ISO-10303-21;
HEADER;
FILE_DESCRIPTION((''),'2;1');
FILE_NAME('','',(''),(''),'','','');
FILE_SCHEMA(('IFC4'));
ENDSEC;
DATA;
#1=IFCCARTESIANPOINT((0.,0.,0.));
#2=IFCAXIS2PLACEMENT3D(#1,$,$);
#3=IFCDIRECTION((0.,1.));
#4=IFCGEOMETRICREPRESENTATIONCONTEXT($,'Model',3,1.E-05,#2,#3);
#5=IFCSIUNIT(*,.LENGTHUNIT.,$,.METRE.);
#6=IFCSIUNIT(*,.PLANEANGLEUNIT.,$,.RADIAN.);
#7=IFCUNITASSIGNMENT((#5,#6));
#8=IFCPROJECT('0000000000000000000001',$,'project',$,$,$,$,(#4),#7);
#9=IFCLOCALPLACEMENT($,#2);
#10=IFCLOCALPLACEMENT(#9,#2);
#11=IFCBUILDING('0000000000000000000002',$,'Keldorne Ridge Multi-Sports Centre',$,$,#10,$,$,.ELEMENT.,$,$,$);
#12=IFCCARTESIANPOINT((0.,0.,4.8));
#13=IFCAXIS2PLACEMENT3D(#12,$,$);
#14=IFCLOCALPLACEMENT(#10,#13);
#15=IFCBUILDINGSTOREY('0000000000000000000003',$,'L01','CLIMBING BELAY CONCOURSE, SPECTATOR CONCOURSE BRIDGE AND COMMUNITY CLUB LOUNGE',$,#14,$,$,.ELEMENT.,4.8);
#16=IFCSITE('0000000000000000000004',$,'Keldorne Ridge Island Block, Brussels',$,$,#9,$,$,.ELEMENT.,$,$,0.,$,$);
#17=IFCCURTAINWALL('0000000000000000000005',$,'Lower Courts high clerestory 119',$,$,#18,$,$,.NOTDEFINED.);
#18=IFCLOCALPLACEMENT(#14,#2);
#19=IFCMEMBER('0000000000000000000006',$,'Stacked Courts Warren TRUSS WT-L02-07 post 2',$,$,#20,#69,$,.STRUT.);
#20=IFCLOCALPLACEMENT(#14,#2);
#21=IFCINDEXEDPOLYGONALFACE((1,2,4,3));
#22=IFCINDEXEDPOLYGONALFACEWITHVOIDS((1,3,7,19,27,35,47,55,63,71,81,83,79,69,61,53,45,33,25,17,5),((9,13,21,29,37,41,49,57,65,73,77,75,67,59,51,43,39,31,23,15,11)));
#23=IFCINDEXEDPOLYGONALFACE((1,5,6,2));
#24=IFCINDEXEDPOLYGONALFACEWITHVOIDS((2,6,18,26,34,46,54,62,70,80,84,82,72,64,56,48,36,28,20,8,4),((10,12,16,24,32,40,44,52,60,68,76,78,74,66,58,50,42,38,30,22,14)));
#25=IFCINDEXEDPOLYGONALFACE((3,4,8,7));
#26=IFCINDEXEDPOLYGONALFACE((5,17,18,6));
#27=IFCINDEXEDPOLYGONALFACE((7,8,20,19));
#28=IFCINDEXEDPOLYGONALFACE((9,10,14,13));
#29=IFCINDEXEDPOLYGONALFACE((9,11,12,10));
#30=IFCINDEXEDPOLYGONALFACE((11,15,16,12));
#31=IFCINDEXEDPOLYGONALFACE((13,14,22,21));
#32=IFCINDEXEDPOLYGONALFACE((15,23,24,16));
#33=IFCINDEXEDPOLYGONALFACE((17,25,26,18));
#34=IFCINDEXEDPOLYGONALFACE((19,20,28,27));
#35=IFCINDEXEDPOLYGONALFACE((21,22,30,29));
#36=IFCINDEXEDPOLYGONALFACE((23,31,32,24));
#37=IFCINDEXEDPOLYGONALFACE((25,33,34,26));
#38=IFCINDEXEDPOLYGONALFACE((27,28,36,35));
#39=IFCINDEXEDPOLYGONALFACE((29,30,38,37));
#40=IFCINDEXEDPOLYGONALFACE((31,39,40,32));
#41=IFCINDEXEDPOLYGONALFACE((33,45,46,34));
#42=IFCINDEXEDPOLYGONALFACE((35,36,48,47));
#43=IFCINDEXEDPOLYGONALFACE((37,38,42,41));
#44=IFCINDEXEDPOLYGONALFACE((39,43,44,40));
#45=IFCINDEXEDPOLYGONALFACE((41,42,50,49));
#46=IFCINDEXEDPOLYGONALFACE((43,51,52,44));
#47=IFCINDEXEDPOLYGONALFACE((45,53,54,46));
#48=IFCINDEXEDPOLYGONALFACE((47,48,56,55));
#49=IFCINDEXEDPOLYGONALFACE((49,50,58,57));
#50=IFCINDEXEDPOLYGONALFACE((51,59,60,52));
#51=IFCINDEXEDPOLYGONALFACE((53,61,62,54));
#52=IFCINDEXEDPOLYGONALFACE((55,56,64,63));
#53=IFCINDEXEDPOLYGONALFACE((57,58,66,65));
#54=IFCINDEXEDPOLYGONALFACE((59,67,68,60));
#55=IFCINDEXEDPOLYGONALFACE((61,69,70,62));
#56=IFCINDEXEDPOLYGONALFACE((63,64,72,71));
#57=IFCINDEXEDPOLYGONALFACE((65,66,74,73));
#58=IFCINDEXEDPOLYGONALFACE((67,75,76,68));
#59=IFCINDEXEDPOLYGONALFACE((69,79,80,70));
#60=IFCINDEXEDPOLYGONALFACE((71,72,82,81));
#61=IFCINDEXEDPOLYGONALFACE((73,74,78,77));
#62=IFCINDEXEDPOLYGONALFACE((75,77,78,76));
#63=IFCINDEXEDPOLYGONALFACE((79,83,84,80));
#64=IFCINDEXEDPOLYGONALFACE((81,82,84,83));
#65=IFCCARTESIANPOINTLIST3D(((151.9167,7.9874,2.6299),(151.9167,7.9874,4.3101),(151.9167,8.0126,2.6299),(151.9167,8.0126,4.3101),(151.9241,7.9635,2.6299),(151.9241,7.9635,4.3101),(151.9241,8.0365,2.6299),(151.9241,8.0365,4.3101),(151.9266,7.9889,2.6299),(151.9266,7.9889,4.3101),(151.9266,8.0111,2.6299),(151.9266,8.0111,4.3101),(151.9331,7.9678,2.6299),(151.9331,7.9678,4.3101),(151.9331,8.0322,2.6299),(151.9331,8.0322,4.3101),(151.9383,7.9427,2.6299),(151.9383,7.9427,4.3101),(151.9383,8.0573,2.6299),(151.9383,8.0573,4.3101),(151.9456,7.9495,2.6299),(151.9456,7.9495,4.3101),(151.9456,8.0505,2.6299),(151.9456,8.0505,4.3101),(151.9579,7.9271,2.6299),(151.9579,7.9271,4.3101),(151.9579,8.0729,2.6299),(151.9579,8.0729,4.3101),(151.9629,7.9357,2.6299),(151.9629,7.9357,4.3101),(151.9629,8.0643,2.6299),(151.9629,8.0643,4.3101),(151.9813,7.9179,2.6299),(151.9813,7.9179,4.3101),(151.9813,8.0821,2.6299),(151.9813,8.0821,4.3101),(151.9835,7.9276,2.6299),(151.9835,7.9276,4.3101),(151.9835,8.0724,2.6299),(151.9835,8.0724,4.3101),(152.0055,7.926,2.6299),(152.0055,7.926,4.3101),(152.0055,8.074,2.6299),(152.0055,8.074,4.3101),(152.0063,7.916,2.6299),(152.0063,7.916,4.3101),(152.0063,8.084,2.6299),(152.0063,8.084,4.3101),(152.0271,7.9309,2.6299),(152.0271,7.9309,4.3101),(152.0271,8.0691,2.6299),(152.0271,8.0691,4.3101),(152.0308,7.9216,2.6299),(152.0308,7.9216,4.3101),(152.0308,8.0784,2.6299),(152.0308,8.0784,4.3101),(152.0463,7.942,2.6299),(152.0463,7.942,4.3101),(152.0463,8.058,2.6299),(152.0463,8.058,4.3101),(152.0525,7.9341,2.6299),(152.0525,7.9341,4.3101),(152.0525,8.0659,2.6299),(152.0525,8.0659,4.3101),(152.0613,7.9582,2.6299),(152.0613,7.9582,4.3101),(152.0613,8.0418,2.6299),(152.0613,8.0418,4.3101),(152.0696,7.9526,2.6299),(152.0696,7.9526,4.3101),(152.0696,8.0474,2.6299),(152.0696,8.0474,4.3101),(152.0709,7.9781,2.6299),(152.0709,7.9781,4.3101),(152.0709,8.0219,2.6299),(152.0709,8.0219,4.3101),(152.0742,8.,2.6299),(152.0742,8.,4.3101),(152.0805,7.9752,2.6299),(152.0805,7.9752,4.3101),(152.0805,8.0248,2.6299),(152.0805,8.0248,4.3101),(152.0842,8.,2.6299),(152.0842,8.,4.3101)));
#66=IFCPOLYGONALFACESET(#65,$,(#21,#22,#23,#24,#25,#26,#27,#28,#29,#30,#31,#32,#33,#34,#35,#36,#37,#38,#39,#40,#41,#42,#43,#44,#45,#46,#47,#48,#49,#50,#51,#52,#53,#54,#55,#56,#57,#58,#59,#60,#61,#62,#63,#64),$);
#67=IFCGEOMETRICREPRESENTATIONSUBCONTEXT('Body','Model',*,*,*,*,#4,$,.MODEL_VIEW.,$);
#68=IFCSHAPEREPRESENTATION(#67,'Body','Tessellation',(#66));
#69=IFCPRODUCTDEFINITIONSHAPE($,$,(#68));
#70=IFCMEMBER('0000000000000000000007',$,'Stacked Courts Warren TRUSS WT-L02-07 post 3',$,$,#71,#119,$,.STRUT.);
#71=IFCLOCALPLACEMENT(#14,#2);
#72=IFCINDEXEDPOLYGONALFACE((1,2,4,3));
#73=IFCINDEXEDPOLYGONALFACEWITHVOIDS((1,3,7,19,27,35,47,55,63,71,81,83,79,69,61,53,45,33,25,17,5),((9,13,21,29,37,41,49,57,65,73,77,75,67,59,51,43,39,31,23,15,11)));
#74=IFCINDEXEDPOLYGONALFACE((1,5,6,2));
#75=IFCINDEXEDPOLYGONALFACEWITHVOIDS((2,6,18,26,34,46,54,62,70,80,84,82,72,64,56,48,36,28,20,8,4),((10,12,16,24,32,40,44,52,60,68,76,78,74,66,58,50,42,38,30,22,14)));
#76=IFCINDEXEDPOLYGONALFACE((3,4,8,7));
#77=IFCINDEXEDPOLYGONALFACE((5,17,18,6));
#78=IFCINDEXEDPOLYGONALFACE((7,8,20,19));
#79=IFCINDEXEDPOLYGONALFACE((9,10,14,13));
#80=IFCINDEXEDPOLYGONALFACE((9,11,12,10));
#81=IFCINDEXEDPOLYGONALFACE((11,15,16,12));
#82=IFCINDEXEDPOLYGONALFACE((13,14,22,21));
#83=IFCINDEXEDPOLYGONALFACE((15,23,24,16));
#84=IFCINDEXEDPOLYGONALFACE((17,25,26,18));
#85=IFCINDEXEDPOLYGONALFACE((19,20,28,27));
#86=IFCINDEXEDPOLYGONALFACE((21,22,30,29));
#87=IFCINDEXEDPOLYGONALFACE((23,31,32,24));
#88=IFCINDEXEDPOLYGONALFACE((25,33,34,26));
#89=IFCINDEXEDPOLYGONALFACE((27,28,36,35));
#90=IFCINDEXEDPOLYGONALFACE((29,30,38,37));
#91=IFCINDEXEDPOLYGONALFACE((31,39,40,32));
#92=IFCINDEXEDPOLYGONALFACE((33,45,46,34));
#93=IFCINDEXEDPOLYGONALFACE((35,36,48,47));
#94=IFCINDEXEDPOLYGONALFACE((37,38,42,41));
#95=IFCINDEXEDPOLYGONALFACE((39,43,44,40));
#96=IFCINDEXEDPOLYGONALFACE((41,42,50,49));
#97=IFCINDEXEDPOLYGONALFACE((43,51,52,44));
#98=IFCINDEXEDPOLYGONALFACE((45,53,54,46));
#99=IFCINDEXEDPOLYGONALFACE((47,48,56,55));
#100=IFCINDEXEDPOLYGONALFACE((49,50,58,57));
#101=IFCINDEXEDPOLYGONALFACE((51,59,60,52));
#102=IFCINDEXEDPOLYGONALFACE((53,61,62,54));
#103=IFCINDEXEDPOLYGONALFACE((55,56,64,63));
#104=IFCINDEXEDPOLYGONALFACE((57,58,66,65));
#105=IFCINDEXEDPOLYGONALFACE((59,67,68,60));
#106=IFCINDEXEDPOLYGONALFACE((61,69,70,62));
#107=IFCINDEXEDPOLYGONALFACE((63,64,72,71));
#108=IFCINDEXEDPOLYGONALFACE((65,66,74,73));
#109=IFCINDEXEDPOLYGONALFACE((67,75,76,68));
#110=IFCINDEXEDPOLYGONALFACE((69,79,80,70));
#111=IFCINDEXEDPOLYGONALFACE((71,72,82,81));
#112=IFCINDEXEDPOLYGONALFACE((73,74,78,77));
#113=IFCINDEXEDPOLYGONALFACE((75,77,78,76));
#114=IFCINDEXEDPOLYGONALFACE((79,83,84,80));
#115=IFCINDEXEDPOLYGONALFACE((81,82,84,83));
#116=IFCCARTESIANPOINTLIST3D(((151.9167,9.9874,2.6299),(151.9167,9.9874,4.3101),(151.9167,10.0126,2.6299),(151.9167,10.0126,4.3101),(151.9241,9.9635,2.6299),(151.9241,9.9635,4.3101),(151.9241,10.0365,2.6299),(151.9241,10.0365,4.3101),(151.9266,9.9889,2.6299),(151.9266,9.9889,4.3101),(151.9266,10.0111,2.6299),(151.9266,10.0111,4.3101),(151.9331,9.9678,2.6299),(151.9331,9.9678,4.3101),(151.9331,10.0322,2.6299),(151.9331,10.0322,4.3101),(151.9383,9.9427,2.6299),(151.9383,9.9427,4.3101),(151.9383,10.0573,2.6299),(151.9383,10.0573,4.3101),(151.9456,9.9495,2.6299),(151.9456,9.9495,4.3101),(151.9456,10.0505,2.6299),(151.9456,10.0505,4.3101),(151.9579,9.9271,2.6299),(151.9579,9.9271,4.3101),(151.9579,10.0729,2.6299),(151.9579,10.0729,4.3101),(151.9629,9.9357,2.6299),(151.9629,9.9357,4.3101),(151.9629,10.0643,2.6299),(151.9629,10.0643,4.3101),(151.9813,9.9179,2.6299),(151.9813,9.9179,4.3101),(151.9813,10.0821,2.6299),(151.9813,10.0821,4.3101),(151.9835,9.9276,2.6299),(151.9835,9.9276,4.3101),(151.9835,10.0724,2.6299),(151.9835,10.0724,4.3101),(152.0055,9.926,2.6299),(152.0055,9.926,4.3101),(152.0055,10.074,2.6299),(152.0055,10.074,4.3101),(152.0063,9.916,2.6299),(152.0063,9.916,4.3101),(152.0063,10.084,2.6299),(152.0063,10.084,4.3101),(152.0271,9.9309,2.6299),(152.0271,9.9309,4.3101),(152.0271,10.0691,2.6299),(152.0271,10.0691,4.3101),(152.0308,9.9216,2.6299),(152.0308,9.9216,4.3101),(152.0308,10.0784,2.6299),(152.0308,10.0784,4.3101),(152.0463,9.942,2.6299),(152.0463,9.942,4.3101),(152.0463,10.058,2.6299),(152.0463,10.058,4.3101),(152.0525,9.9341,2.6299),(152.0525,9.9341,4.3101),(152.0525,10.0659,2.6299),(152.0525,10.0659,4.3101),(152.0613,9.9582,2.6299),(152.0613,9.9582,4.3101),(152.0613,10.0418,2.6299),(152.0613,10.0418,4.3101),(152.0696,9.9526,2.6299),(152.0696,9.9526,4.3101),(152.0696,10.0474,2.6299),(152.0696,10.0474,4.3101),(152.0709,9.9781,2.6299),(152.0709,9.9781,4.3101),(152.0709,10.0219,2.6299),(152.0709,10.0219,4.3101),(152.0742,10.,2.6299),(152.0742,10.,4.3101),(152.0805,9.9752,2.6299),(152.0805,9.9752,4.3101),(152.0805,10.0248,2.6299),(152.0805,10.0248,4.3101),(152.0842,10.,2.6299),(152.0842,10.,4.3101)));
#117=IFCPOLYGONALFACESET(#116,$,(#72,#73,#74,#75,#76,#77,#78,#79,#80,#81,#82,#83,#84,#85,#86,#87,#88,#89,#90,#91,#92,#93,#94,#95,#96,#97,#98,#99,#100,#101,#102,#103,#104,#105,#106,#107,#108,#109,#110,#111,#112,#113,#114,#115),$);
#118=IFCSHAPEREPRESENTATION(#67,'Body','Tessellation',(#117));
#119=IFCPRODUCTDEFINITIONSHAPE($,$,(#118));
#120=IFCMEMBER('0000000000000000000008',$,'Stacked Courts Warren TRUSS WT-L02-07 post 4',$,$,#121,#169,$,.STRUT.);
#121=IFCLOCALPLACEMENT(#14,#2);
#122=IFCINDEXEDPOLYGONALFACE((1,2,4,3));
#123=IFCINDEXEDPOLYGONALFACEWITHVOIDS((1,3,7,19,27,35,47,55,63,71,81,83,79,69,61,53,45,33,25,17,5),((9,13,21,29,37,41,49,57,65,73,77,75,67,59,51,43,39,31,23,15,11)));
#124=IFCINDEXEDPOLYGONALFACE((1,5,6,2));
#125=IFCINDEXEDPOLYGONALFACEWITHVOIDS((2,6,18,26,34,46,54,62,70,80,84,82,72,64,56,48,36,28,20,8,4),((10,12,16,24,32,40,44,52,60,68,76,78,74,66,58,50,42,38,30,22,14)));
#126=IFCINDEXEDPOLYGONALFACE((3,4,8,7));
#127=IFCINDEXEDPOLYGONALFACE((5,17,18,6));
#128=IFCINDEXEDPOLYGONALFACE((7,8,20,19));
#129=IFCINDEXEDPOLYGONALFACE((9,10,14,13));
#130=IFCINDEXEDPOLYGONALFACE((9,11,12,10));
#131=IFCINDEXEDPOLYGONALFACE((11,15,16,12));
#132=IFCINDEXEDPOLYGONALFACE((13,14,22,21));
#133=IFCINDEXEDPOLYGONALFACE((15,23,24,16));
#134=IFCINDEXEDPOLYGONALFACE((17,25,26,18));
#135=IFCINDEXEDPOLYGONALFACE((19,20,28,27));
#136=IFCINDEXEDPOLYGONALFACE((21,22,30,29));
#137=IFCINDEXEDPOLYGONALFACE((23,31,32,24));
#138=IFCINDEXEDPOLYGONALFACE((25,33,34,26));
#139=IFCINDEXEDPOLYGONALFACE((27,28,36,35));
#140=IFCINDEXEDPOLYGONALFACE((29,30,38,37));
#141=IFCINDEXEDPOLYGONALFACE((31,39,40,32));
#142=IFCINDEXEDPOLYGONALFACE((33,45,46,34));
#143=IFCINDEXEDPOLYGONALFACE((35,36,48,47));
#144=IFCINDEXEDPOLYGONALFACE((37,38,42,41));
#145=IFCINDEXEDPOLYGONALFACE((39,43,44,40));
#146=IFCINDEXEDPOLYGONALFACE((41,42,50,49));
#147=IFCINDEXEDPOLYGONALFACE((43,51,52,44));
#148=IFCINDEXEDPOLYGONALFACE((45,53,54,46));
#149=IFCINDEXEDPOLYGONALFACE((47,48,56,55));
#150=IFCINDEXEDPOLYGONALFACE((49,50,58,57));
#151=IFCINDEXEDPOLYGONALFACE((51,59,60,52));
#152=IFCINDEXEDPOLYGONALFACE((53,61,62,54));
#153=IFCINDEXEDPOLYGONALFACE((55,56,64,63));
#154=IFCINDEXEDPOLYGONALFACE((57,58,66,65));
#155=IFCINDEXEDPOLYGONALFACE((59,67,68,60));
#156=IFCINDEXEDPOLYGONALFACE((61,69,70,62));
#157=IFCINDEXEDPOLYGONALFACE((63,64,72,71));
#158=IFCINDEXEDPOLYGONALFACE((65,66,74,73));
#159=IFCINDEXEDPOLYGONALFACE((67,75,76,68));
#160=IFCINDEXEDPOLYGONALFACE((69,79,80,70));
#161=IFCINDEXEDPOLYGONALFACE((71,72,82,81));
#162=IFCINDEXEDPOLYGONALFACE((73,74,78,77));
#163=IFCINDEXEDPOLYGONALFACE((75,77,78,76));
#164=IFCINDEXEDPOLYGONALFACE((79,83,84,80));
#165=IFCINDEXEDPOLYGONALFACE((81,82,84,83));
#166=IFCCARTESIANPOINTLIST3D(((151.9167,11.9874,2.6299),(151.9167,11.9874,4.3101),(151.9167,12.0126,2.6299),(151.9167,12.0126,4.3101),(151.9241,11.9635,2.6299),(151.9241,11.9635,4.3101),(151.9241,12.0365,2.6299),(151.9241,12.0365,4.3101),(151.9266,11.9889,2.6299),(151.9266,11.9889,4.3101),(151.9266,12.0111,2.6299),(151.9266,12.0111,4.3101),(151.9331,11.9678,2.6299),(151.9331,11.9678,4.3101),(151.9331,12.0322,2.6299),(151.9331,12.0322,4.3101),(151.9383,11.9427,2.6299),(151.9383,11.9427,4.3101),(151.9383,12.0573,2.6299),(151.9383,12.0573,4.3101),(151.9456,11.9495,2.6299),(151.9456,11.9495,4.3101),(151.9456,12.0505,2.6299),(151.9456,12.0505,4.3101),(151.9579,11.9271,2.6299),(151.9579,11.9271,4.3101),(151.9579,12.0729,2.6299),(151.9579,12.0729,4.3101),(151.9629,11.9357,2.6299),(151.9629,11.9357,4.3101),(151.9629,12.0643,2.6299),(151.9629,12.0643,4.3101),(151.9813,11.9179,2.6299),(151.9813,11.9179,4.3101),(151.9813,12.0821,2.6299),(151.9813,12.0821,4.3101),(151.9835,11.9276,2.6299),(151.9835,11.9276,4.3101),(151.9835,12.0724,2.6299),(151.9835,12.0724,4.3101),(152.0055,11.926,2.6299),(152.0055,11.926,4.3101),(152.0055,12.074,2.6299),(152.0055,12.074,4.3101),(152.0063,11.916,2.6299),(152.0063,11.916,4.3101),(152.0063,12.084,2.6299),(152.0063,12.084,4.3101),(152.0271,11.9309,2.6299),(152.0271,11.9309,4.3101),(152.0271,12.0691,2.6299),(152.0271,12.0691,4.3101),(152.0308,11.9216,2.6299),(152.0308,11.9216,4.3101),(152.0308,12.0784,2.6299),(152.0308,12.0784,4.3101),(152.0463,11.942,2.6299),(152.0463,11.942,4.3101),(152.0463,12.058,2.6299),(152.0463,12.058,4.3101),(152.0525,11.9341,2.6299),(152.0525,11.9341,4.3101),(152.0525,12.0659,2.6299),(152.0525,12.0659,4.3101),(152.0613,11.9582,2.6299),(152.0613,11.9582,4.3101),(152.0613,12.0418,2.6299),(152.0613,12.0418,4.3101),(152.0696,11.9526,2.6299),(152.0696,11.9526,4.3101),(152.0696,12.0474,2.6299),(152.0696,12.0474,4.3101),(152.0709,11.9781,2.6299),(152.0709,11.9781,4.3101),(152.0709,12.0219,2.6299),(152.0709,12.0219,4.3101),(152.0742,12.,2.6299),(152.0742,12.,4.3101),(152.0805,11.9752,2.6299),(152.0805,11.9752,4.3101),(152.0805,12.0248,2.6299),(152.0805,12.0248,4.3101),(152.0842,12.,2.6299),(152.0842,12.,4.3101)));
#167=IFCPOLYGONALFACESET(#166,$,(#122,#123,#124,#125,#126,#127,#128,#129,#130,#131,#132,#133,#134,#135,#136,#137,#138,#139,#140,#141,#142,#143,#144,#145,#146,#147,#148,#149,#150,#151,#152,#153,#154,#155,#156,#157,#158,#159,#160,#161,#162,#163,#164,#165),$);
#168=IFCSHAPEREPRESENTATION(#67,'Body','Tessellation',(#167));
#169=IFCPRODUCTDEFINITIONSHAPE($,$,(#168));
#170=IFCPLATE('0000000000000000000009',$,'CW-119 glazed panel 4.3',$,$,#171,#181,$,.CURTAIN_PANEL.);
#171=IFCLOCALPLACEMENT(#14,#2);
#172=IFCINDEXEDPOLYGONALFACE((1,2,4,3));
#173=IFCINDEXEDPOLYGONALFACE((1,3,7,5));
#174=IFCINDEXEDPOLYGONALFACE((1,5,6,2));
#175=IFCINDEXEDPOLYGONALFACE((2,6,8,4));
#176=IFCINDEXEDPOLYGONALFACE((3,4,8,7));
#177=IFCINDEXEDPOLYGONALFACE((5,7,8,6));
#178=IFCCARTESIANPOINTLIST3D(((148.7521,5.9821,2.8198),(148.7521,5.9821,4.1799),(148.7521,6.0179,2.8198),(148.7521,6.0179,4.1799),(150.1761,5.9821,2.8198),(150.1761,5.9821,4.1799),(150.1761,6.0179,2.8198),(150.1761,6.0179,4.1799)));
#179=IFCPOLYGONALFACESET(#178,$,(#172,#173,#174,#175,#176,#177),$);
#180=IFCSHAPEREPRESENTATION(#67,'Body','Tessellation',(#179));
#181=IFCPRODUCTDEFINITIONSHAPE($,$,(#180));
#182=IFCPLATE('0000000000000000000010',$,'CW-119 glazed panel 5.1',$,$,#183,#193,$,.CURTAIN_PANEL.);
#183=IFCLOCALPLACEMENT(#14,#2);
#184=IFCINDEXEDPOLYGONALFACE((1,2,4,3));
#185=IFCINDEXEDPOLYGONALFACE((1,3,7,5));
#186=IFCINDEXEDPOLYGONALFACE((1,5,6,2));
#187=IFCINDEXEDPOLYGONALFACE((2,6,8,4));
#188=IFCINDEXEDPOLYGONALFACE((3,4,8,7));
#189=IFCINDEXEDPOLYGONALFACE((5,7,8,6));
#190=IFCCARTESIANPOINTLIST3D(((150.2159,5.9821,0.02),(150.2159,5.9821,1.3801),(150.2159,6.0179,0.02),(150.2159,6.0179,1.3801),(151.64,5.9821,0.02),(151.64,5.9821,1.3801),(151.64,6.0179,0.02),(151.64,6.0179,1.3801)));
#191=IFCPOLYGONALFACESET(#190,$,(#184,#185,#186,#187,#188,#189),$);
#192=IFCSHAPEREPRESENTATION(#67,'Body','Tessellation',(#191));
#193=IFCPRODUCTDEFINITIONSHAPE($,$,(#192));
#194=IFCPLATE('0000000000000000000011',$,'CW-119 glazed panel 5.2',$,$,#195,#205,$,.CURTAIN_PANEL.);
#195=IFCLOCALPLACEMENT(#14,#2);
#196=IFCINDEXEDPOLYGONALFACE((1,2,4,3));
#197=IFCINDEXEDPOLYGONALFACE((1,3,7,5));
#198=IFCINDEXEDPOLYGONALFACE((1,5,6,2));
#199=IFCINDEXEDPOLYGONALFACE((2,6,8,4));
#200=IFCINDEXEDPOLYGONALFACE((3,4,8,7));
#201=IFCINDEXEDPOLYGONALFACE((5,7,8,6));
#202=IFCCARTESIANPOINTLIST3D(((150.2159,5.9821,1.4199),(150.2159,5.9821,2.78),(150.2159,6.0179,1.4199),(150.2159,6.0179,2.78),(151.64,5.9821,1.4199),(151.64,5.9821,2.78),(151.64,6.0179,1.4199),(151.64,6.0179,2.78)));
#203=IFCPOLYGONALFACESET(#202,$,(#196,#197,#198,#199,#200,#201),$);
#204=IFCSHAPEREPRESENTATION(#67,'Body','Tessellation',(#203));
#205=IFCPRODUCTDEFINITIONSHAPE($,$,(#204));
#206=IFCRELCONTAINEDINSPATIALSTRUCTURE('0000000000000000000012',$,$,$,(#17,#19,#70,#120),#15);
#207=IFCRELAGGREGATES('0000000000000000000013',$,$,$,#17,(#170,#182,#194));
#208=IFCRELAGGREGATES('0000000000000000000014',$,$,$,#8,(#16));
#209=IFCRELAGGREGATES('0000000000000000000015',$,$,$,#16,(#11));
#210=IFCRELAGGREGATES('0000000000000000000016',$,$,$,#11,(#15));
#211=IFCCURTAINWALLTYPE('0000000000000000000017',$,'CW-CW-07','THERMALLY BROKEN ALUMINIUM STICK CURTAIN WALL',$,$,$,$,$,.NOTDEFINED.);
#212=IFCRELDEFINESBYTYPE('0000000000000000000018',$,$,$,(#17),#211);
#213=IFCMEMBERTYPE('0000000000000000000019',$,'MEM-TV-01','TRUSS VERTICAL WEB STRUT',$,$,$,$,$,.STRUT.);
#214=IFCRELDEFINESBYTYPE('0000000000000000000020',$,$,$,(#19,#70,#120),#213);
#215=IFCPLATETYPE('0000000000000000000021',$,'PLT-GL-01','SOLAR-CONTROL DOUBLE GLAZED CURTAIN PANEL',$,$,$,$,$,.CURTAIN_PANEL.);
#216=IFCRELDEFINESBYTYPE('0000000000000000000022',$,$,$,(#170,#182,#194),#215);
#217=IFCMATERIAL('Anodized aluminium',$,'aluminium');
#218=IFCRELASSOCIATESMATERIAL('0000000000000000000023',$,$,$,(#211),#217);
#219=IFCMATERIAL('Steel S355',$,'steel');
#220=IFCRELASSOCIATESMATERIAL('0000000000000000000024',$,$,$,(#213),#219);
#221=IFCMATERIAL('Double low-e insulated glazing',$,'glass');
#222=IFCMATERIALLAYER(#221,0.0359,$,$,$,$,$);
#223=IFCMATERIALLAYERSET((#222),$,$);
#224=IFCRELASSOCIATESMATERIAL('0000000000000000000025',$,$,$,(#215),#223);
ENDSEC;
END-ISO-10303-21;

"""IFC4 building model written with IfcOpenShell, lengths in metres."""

from ifc_helpers import new_model, si_unit, direction, frame, origin, origin_2d, place, context, subcontext, project, spatial, rectangle, hollow_circle, extrude, material, layer, layer_set, material_profile, profile_set, type_object, element, aggregate, save


model = new_model("IFC4")

# Units and contexts
model_context = context("Model", 3, precision=1e-05, world=origin(), true_north=direction((0.0, 1.0)))
body_context = subcontext(model_context, "Body", "Model", "MODEL_VIEW")
ifc_project = project(units=[si_unit("LENGTHUNIT", "METRE"), si_unit("PLANEANGLEUNIT", "RADIAN")], contexts=[model_context])

# Site, building, storey
site_placement = place(None, origin())
site = spatial("IfcSite", under=ifc_project, at=site_placement, Name="Keldorne Ridge Island Block, Brussels", CompositionType="ELEMENT", RefElevation=0.0)
building_placement = place(site_placement, origin())
building = spatial("IfcBuilding", under=site, at=building_placement, Name="Keldorne Ridge Multi-Sports Centre", CompositionType="ELEMENT")
storey_placement = place(building_placement, frame((0.0, 0.0, 4.8)))
storey = spatial("IfcBuildingStorey", under=building, at=storey_placement, Name="L01", Description="CLIMBING BELAY CONCOURSE, SPECTATOR CONCOURSE BRIDGE AND COMMUNITY CLUB LOUNGE", CompositionType="ELEMENT", Elevation=4.8)

# Shared definitions
ifc_material_1 = material(Name="Steel S355", Category="steel")

# Curtain wall
ifc_material_2 = material(Name="Anodized aluminium", Category="aluminium")
curtain_wall_type = type_object("IfcCurtainWallType", Name="CW-CW-07", Description="THERMALLY BROKEN ALUMINIUM STICK CURTAIN WALL", PredefinedType="NOTDEFINED", material=ifc_material_2)
curtain_wall_placement = place(storey_placement, origin())
curtain_wall = element("IfcCurtainWall", 1, at=curtain_wall_placement, inside=storey, type_object=curtain_wall_type, Name="Lower Courts high clerestory 119", PredefinedType="NOTDEFINED")

# Members
ifc_material_profile_1 = material_profile(ifc_material_1, hollow_circle(Radius=0.0842, WallThickness=0.01, at=origin_2d()), Name="CHS 168.3x10")
ifc_profile_set_1 = profile_set([ifc_material_profile_1], Name="Steel S355")
member_type_1 = type_object("IfcMemberType", Name="MEM-TV-01", Description="TRUSS VERTICAL WEB STRUT", PredefinedType="STRUT", material=ifc_profile_set_1)
for number, where, z_axis, x_axis, name in (
    (2, (152.0, 8.0, 2.6299), (0.0, 0.0, 1.0), (1.0, 0.0, 0.0), "Stacked Courts Warren TRUSS WT-L02-07 post 2"),
    (3, (152.0, 10.0, 2.6299), (0.0, 0.0, 1.0), (1.0, 0.0, 0.0), "Stacked Courts Warren TRUSS WT-L02-07 post 3"),
    (4, (152.0, 12.0, 2.6299), (0.0, 0.0, 1.0), (1.0, 0.0, 0.0), "Stacked Courts Warren TRUSS WT-L02-07 post 4"),
):
    element("IfcMember", number, at=place(storey_placement, frame(where, z_axis=z_axis, x_axis=x_axis)), inside=storey, type_object=member_type_1, Name=name, PredefinedType="STRUT", context=body_context, shape_type="SweptSolid", body=[
        extrude(hollow_circle(Radius=0.0842, WallThickness=0.01, at=origin_2d()), origin(), (0.0, 0.0, 1.0), 1.6802),
    ])

# Plates
ifc_material_3 = material(Name="Double low-e insulated glazing", Category="glass")
ifc_layer = layer(ifc_material_3, 0.0359)
ifc_layer_set = layer_set([ifc_layer])
plate_type = type_object("IfcPlateType", Name="PLT-GL-01", Description="SOLAR-CONTROL DOUBLE GLAZED CURTAIN PANEL", PredefinedType="CURTAIN_PANEL", material=ifc_layer_set)
plate_1_placement = place(storey_placement, frame((149.4641, 6.0, 2.8198), z_axis=(0.0, 0.0, 1.0), x_axis=(1.0, 0.0, 0.0)))
plate_1 = element("IfcPlate", 5, at=plate_1_placement, type_object=plate_type, Name="CW-119 glazed panel 4.3", PredefinedType="CURTAIN_PANEL", context=body_context, shape_type="SweptSolid", body=[
    extrude(rectangle(XDim=1.4241, YDim=0.0359, at=origin_2d()), origin(), (0.0, 0.0, 1.0), 1.3601),
])
plate_2_placement = place(storey_placement, frame((150.928, 6.0, 0.02), z_axis=(0.0, 0.0, 1.0), x_axis=(1.0, 0.0, 0.0)))
plate_2 = element("IfcPlate", 6, at=plate_2_placement, type_object=plate_type, Name="CW-119 glazed panel 5.1", PredefinedType="CURTAIN_PANEL", context=body_context, shape_type="SweptSolid", body=[
    extrude(rectangle(XDim=1.4241, YDim=0.0359, at=origin_2d()), origin(), (0.0, 0.0, 1.0), 1.3601),
])
plate_3_placement = place(storey_placement, frame((150.928, 6.0, 1.4199), z_axis=(0.0, 0.0, 1.0), x_axis=(1.0, 0.0, 0.0)))
plate_3 = element("IfcPlate", 7, at=plate_3_placement, type_object=plate_type, Name="CW-119 glazed panel 5.2", PredefinedType="CURTAIN_PANEL", context=body_context, shape_type="SweptSolid", body=[
    extrude(rectangle(XDim=1.4241, YDim=0.0359, at=origin_2d()), origin(), (0.0, 0.0, 1.0), 1.3601),
])
aggregate(curtain_wall, [plate_1, plate_2, plate_3])

save(model, "model.ifc")
